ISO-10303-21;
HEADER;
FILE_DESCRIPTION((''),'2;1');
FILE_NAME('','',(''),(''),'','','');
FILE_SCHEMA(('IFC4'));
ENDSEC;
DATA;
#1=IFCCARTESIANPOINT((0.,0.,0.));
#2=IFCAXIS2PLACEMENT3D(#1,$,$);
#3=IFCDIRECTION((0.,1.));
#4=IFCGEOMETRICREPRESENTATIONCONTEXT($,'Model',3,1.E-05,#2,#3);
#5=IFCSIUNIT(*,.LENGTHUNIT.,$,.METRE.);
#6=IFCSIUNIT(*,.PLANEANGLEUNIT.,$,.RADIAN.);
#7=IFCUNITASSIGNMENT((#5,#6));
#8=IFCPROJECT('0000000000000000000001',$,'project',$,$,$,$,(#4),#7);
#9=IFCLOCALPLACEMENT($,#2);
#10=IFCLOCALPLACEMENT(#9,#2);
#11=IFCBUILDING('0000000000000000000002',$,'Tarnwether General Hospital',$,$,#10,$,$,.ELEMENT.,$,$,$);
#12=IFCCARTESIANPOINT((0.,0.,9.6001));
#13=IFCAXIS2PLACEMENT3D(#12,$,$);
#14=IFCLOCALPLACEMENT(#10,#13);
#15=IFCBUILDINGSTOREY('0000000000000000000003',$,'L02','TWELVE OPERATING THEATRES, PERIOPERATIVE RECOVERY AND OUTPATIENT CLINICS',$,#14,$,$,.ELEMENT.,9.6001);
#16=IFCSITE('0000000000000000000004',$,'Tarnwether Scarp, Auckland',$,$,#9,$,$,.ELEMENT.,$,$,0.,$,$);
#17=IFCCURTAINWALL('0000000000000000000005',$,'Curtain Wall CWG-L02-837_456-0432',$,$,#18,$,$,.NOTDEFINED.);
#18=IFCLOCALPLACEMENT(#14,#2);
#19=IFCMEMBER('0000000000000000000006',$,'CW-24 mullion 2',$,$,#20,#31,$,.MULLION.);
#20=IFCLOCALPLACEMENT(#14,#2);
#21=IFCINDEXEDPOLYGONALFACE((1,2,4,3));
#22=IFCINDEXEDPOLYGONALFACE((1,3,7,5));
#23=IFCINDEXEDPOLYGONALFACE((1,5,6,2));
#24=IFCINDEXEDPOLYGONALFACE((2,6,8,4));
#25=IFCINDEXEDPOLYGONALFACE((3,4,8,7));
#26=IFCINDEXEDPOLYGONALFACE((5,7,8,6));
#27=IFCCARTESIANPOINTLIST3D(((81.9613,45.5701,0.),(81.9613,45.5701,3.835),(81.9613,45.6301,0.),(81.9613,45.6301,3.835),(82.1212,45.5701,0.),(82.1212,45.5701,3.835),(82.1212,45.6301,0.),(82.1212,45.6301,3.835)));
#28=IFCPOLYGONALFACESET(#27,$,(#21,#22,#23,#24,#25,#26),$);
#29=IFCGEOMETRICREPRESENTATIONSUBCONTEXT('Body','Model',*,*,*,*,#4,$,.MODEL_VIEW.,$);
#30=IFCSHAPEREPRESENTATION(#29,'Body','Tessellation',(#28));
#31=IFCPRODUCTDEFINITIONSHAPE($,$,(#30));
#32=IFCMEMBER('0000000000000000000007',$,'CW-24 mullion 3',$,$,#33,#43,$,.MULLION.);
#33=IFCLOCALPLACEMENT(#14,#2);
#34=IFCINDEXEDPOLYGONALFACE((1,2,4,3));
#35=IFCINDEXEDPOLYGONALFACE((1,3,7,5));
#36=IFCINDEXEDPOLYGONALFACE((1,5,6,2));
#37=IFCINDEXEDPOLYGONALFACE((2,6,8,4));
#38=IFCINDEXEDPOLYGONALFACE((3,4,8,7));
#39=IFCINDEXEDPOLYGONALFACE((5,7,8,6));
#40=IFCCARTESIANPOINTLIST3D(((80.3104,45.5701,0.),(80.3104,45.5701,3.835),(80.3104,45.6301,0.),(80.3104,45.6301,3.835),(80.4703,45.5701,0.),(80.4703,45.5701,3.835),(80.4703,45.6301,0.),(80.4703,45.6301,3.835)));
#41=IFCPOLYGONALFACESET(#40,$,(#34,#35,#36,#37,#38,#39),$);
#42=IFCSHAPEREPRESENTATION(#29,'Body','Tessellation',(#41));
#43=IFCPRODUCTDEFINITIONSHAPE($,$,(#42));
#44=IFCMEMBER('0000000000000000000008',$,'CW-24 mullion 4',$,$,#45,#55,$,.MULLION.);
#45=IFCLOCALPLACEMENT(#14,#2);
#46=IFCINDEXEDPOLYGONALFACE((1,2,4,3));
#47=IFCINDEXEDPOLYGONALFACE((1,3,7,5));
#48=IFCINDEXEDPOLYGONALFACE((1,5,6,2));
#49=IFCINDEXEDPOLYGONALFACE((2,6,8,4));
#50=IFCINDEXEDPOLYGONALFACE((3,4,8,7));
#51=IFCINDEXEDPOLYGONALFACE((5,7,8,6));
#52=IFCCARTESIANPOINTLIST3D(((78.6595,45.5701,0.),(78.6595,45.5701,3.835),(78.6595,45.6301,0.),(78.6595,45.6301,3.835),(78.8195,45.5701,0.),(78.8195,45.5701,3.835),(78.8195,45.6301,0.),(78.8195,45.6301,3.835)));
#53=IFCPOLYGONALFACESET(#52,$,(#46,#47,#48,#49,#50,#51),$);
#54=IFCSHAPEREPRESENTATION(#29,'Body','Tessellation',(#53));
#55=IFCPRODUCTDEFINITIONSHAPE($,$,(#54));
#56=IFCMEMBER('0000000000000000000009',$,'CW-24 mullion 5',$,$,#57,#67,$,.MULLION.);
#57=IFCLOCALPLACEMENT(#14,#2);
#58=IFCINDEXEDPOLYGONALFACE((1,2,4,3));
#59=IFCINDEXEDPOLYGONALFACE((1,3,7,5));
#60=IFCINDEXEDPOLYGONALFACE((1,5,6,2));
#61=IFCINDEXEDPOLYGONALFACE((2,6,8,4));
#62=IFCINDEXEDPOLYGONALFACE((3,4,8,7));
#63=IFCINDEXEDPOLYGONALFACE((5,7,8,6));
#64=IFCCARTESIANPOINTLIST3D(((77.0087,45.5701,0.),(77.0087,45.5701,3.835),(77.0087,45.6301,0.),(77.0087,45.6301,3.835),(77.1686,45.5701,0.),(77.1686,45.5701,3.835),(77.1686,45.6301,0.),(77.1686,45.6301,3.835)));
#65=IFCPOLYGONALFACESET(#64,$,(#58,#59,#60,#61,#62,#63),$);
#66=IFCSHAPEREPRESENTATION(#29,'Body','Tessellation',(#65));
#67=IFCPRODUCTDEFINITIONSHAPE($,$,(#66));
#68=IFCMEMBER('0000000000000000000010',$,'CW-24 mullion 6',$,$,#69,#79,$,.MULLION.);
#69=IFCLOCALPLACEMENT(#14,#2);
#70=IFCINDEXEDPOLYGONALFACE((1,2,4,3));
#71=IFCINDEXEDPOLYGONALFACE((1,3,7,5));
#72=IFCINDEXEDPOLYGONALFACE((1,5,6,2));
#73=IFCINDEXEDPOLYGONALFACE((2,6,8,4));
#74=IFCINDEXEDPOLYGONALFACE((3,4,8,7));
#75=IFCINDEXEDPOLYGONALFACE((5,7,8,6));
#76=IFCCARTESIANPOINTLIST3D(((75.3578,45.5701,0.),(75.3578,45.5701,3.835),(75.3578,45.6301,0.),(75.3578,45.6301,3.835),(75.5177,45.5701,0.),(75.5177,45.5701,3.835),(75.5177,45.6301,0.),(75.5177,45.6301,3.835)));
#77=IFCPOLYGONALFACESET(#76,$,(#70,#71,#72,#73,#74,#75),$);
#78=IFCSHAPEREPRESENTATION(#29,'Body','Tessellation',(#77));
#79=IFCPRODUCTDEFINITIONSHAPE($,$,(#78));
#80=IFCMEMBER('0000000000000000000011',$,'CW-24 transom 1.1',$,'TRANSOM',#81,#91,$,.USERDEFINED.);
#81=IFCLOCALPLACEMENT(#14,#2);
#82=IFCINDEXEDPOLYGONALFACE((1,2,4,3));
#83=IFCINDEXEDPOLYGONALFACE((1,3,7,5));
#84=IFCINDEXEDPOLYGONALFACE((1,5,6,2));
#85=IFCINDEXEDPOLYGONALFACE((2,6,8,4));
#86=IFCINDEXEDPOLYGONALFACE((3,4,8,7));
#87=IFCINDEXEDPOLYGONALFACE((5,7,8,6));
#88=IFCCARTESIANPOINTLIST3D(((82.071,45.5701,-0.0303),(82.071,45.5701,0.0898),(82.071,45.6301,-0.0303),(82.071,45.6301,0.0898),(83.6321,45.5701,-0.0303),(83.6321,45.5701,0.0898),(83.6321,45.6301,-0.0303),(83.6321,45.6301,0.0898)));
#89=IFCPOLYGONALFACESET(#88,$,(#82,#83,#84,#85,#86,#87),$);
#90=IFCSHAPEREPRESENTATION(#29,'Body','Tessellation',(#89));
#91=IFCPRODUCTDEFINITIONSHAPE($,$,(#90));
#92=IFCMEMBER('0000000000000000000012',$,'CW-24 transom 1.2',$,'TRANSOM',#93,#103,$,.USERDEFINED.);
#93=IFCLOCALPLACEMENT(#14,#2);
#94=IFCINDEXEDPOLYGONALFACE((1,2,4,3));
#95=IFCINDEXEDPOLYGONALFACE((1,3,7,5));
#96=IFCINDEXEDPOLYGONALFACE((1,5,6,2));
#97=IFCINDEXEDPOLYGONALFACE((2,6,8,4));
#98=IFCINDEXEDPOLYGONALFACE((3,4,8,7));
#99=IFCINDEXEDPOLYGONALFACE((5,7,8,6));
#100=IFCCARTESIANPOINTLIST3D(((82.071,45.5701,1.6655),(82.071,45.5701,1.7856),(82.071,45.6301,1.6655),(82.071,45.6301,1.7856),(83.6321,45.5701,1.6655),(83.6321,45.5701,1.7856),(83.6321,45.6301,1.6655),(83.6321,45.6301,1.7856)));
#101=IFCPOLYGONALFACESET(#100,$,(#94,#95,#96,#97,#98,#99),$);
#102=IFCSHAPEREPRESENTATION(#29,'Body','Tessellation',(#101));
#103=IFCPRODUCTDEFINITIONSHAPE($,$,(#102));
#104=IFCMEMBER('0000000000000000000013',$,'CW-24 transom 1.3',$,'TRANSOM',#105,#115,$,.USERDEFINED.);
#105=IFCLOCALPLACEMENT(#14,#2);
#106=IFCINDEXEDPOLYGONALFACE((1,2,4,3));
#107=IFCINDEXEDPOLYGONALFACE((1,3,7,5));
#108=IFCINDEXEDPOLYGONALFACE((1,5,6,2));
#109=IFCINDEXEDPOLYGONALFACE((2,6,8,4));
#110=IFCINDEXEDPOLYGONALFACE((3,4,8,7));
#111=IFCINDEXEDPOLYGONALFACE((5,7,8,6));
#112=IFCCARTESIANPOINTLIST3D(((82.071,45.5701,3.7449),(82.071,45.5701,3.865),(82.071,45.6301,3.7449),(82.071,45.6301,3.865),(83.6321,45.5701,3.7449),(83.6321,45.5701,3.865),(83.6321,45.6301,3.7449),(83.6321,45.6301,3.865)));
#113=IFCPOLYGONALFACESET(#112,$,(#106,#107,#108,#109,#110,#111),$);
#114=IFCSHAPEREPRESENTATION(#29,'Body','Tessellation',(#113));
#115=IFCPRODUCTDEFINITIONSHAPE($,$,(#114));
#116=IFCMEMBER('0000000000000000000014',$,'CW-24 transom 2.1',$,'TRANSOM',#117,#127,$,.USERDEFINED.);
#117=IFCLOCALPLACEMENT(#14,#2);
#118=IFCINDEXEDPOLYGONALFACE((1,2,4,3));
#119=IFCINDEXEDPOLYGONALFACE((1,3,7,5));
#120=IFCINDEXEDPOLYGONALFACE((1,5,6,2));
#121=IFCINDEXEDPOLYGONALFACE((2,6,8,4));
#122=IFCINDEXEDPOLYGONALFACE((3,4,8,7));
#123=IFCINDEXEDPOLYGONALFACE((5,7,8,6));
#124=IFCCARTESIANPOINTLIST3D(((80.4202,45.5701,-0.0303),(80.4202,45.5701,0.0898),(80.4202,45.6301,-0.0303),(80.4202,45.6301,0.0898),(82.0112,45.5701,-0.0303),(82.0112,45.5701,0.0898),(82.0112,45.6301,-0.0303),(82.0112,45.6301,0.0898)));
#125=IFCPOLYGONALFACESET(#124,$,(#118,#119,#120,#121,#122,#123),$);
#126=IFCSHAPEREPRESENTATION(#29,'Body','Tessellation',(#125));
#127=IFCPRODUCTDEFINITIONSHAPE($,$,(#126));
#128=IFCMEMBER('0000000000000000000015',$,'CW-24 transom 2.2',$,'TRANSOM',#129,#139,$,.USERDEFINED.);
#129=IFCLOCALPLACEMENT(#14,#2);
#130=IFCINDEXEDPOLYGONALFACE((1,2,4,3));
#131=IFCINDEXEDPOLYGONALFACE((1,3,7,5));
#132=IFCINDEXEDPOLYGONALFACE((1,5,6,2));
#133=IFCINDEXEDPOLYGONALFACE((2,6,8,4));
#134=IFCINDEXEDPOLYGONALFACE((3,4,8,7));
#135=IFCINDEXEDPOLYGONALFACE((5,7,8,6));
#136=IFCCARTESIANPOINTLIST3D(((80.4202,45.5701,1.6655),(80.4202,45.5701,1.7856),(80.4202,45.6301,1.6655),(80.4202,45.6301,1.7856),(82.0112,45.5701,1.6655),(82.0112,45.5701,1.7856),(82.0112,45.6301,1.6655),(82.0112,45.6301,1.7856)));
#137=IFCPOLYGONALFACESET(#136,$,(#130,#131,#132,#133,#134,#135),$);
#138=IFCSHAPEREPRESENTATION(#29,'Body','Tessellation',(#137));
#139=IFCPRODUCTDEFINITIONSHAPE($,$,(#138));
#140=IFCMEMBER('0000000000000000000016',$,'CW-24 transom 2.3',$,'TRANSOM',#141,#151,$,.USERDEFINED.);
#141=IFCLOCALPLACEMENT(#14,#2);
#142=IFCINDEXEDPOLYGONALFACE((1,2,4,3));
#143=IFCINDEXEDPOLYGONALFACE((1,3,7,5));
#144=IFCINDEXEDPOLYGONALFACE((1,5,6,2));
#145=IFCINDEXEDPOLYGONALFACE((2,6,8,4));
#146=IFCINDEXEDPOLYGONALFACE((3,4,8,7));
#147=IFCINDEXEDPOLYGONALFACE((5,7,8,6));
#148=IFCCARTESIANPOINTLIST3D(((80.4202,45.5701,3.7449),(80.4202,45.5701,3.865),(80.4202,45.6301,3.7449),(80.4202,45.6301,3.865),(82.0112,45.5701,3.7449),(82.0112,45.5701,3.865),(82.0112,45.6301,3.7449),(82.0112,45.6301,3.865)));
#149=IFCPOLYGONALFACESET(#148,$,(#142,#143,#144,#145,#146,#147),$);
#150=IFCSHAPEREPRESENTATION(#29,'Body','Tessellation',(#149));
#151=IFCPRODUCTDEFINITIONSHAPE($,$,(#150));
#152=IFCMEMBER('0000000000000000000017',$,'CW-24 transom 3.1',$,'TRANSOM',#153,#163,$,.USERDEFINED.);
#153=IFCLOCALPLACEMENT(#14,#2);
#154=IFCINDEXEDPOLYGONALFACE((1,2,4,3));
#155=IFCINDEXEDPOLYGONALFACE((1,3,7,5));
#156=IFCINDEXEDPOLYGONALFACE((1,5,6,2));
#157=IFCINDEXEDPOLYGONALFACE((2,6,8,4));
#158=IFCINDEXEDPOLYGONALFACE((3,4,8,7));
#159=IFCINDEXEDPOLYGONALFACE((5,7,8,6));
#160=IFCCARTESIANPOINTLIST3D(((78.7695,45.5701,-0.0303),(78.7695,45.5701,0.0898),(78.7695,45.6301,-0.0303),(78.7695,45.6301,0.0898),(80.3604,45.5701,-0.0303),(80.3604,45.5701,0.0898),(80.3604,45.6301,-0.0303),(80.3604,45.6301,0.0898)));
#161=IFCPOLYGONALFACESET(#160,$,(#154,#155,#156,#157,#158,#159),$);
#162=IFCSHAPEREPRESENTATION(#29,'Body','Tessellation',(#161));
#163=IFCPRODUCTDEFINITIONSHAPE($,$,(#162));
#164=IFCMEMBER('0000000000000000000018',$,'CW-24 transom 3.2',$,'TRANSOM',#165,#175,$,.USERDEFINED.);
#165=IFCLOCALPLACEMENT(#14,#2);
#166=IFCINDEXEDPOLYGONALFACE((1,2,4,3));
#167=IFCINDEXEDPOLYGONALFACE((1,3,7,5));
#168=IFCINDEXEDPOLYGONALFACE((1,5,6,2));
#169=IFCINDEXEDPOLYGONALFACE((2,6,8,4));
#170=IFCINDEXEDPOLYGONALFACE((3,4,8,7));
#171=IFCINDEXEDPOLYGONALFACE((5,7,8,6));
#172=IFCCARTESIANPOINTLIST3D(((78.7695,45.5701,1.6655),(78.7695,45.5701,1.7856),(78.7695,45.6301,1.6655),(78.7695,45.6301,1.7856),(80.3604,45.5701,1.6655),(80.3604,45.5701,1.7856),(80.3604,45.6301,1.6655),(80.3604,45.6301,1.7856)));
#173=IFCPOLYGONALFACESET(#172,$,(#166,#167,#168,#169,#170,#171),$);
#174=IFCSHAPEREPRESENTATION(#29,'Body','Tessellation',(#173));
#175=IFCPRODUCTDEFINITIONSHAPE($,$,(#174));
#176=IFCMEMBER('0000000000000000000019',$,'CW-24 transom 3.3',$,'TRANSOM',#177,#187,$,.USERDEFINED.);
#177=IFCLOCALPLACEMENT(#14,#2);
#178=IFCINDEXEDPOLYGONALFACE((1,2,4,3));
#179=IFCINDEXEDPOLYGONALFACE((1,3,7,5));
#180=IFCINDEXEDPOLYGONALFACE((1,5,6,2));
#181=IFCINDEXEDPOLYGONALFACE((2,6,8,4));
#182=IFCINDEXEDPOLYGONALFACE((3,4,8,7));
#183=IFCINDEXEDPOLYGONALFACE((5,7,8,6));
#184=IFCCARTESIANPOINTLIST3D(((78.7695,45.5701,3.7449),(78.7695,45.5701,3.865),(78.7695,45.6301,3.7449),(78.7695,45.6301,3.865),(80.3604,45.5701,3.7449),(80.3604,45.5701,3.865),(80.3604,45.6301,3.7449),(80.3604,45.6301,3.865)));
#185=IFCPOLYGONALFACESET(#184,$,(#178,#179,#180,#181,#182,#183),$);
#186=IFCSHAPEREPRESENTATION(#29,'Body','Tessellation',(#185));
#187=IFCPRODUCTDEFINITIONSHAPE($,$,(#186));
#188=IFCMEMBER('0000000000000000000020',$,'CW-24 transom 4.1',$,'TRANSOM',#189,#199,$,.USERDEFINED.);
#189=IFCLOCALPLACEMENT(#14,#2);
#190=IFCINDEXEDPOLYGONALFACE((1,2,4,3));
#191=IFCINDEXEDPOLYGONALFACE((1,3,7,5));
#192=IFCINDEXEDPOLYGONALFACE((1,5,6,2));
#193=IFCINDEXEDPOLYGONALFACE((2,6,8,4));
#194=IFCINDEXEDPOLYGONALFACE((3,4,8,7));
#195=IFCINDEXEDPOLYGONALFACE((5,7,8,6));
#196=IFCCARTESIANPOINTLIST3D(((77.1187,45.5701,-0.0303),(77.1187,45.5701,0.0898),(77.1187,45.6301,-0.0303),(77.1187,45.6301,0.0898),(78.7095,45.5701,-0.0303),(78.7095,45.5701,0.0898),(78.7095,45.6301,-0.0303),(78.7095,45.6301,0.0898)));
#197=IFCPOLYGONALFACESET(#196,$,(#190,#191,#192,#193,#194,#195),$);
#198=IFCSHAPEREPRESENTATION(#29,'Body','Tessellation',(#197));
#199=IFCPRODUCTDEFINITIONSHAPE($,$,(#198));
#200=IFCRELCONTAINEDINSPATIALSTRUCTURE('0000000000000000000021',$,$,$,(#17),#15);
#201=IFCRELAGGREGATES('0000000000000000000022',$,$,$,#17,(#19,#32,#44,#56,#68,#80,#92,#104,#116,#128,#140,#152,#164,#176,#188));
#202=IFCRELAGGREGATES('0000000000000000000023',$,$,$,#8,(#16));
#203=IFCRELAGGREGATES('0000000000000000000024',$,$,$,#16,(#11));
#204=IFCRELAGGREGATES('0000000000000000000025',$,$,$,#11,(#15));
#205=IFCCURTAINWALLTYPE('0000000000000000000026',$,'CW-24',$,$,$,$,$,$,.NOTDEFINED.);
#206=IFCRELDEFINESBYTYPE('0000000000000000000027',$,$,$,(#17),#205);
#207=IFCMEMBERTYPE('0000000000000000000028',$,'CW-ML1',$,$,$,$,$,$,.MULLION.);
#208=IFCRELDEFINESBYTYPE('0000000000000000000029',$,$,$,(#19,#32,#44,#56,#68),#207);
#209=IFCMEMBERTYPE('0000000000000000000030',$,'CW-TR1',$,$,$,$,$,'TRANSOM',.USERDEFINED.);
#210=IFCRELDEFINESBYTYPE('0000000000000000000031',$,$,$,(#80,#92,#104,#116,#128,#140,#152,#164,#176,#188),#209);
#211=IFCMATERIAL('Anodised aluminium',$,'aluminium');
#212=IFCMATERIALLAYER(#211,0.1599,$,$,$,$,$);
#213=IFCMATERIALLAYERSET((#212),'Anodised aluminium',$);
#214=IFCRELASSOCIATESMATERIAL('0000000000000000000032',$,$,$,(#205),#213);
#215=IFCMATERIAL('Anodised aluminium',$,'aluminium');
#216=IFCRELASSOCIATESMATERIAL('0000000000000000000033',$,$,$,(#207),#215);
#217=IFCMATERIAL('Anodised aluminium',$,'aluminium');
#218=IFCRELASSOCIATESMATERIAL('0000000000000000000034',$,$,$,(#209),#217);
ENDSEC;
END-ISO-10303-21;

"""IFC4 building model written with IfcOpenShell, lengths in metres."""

from ifc_helpers import new_model, si_unit, direction, frame, origin, origin_2d, place, context, subcontext, project, spatial, rectangle, extrude, material, layer, layer_set, material_profile, profile_set, type_object, element, aggregate, save


model = new_model("IFC4")

# Units and contexts
model_context = context("Model", 3, precision=1e-05, world=origin(), true_north=direction((0.0, 1.0)))
body_context = subcontext(model_context, "Body", "Model", "MODEL_VIEW")
ifc_project = project(units=[si_unit("LENGTHUNIT", "METRE"), si_unit("PLANEANGLEUNIT", "RADIAN")], contexts=[model_context])

# Site, building, storey
site_placement = place(None, origin())
site = spatial("IfcSite", under=ifc_project, at=site_placement, Name="Tarnwether Scarp, Auckland", CompositionType="ELEMENT", RefElevation=0.0)
building_placement = place(site_placement, origin())
building = spatial("IfcBuilding", under=site, at=building_placement, Name="Tarnwether General Hospital", CompositionType="ELEMENT")
storey_placement = place(building_placement, frame((0.0, 0.0, 9.6001)))
storey = spatial("IfcBuildingStorey", under=building, at=storey_placement, Name="L02", Description="TWELVE OPERATING THEATRES, PERIOPERATIVE RECOVERY AND OUTPATIENT CLINICS", CompositionType="ELEMENT", Elevation=9.6001)

# Curtain wall, members
ifc_material_1 = material(Name="Anodised aluminium", Category="aluminium")
ifc_layer_1 = layer(ifc_material_1, 0.1599)
ifc_layer_set_1 = layer_set([ifc_layer_1], Name="Anodised aluminium")
curtain_wall_type = type_object("IfcCurtainWallType", Name="CW-24", PredefinedType="NOTDEFINED", material=ifc_layer_set_1)
curtain_wall_placement = place(storey_placement, origin())
curtain_wall = element("IfcCurtainWall", 1, at=curtain_wall_placement, inside=storey, type_object=curtain_wall_type, Name="Curtain Wall CWG-L02-837_456-0432", PredefinedType="NOTDEFINED")
ifc_material_2 = material(Name="Anodised aluminium", Category="aluminium")
ifc_material_profile_1 = material_profile(ifc_material_2, rectangle(XDim=0.0601, YDim=0.1599, at=origin_2d()), Name="ALU-MUL-60x160")
ifc_profile_set_1 = profile_set([ifc_material_profile_1], Name="Anodised aluminium")
member_type_1 = type_object("IfcMemberType", Name="CW-ML1", PredefinedType="MULLION", material=ifc_profile_set_1)
member_1_placement = place(storey_placement, frame((82.0413, 45.6001, 0.0), z_axis=(0.0, 0.0, 1.0), x_axis=(0.0, -1.0, 0.0)))
member_1 = element("IfcMember", 2, at=member_1_placement, type_object=member_type_1, Name="CW-24 mullion 2", PredefinedType="MULLION", context=body_context, shape_type="SweptSolid", body=[
    extrude(rectangle(XDim=0.0601, YDim=0.1599, at=origin_2d()), origin(), (0.0, 0.0, 1.0), 3.835),
])
member_2_placement = place(storey_placement, frame((80.3904, 45.6001, 0.0), z_axis=(0.0, 0.0, 1.0), x_axis=(0.0, -1.0, 0.0)))
member_2 = element("IfcMember", 3, at=member_2_placement, type_object=member_type_1, Name="CW-24 mullion 3", PredefinedType="MULLION", context=body_context, shape_type="SweptSolid", body=[
    extrude(rectangle(XDim=0.0601, YDim=0.1599, at=origin_2d()), origin(), (0.0, 0.0, 1.0), 3.835),
])
member_3_placement = place(storey_placement, frame((78.7395, 45.6001, 0.0), z_axis=(0.0, 0.0, 1.0), x_axis=(0.0, -1.0, 0.0)))
member_3 = element("IfcMember", 4, at=member_3_placement, type_object=member_type_1, Name="CW-24 mullion 4", PredefinedType="MULLION", context=body_context, shape_type="SweptSolid", body=[
    extrude(rectangle(XDim=0.0601, YDim=0.1599, at=origin_2d()), origin(), (0.0, 0.0, 1.0), 3.835),
])
member_4_placement = place(storey_placement, frame((77.0886, 45.6001, 0.0), z_axis=(0.0, 0.0, 1.0), x_axis=(0.0, -1.0, 0.0)))
member_4 = element("IfcMember", 5, at=member_4_placement, type_object=member_type_1, Name="CW-24 mullion 5", PredefinedType="MULLION", context=body_context, shape_type="SweptSolid", body=[
    extrude(rectangle(XDim=0.0601, YDim=0.1599, at=origin_2d()), origin(), (0.0, 0.0, 1.0), 3.835),
])
member_5_placement = place(storey_placement, frame((75.4377, 45.6001, 0.0), z_axis=(0.0, 0.0, 1.0), x_axis=(0.0, -1.0, 0.0)))
member_5 = element("IfcMember", 6, at=member_5_placement, type_object=member_type_1, Name="CW-24 mullion 6", PredefinedType="MULLION", context=body_context, shape_type="SweptSolid", body=[
    extrude(rectangle(XDim=0.0601, YDim=0.1599, at=origin_2d()), origin(), (0.0, 0.0, 1.0), 3.835),
])
ifc_material_3 = material(Name="Anodised aluminium", Category="aluminium")
ifc_material_profile_2 = material_profile(ifc_material_3, rectangle(XDim=0.0601, YDim=0.1201, at=origin_2d()), Name="ALU-TRN-60x120")
ifc_profile_set_2 = profile_set([ifc_material_profile_2], Name="Anodised aluminium")
member_type_2 = type_object("IfcMemberType", Name="CW-TR1", ElementType="TRANSOM", PredefinedType="USERDEFINED", material=ifc_profile_set_2)
member_6_placement = place(storey_placement, frame((83.6321, 45.6001, 0.0298), z_axis=(-1.0, 0.0, 0.0), x_axis=(0.0, -1.0, 0.0)))
member_6 = element("IfcMember", 7, at=member_6_placement, type_object=member_type_2, Name="CW-24 transom 1.1", ObjectType="TRANSOM", PredefinedType="USERDEFINED", context=body_context, shape_type="SweptSolid", body=[
    extrude(rectangle(XDim=0.0601, YDim=0.1201, at=origin_2d()), origin(), (0.0, 0.0, 1.0), 1.561),
])
member_7_placement = place(storey_placement, frame((83.6321, 45.6001, 1.7256), z_axis=(-1.0, 0.0, 0.0), x_axis=(0.0, -1.0, 0.0)))
member_7 = element("IfcMember", 8, at=member_7_placement, type_object=member_type_2, Name="CW-24 transom 1.2", ObjectType="TRANSOM", PredefinedType="USERDEFINED", context=body_context, shape_type="SweptSolid", body=[
    extrude(rectangle(XDim=0.0601, YDim=0.1201, at=origin_2d()), origin(), (0.0, 0.0, 1.0), 1.561),
])
member_8_placement = place(storey_placement, frame((83.6321, 45.6001, 3.8049), z_axis=(-1.0, 0.0, 0.0), x_axis=(0.0, -1.0, 0.0)))
member_8 = element("IfcMember", 9, at=member_8_placement, type_object=member_type_2, Name="CW-24 transom 1.3", ObjectType="TRANSOM", PredefinedType="USERDEFINED", context=body_context, shape_type="SweptSolid", body=[
    extrude(rectangle(XDim=0.0601, YDim=0.1201, at=origin_2d()), origin(), (0.0, 0.0, 1.0), 1.561),
])
member_9_placement = place(storey_placement, frame((82.0112, 45.6001, 0.0298), z_axis=(-1.0, 0.0, 0.0), x_axis=(0.0, -1.0, 0.0)))
member_9 = element("IfcMember", 10, at=member_9_placement, type_object=member_type_2, Name="CW-24 transom 2.1", ObjectType="TRANSOM", PredefinedType="USERDEFINED", context=body_context, shape_type="SweptSolid", body=[
    extrude(rectangle(XDim=0.0601, YDim=0.1201, at=origin_2d()), origin(), (0.0, 0.0, 1.0), 1.5911),
])
member_10_placement = place(storey_placement, frame((82.0112, 45.6001, 1.7256), z_axis=(-1.0, 0.0, 0.0), x_axis=(0.0, -1.0, 0.0)))
member_10 = element("IfcMember", 11, at=member_10_placement, type_object=member_type_2, Name="CW-24 transom 2.2", ObjectType="TRANSOM", PredefinedType="USERDEFINED", context=body_context, shape_type="SweptSolid", body=[
    extrude(rectangle(XDim=0.0601, YDim=0.1201, at=origin_2d()), origin(), (0.0, 0.0, 1.0), 1.5911),
])
member_11_placement = place(storey_placement, frame((82.0112, 45.6001, 3.8049), z_axis=(-1.0, 0.0, 0.0), x_axis=(0.0, -1.0, 0.0)))
member_11 = element("IfcMember", 12, at=member_11_placement, type_object=member_type_2, Name="CW-24 transom 2.3", ObjectType="TRANSOM", PredefinedType="USERDEFINED", context=body_context, shape_type="SweptSolid", body=[
    extrude(rectangle(XDim=0.0601, YDim=0.1201, at=origin_2d()), origin(), (0.0, 0.0, 1.0), 1.5911),
])
member_12_placement = place(storey_placement, frame((80.3604, 45.6001, 0.0298), z_axis=(-1.0, 0.0, 0.0), x_axis=(0.0, -1.0, 0.0)))
member_12 = element("IfcMember", 13, at=member_12_placement, type_object=member_type_2, Name="CW-24 transom 3.1", ObjectType="TRANSOM", PredefinedType="USERDEFINED", context=body_context, shape_type="SweptSolid", body=[
    extrude(rectangle(XDim=0.0601, YDim=0.1201, at=origin_2d()), origin(), (0.0, 0.0, 1.0), 1.5908),
])
member_13_placement = place(storey_placement, frame((80.3604, 45.6001, 1.7256), z_axis=(-1.0, 0.0, 0.0), x_axis=(0.0, -1.0, 0.0)))
member_13 = element("IfcMember", 14, at=member_13_placement, type_object=member_type_2, Name="CW-24 transom 3.2", ObjectType="TRANSOM", PredefinedType="USERDEFINED", context=body_context, shape_type="SweptSolid", body=[
    extrude(rectangle(XDim=0.0601, YDim=0.1201, at=origin_2d()), origin(), (0.0, 0.0, 1.0), 1.5908),
])
member_14_placement = place(storey_placement, frame((80.3604, 45.6001, 3.8049), z_axis=(-1.0, 0.0, 0.0), x_axis=(0.0, -1.0, 0.0)))
member_14 = element("IfcMember", 15, at=member_14_placement, type_object=member_type_2, Name="CW-24 transom 3.3", ObjectType="TRANSOM", PredefinedType="USERDEFINED", context=body_context, shape_type="SweptSolid", body=[
    extrude(rectangle(XDim=0.0601, YDim=0.1201, at=origin_2d()), origin(), (0.0, 0.0, 1.0), 1.5908),
])
member_15_placement = place(storey_placement, frame((78.7095, 45.6001, 0.0298), z_axis=(-1.0, 0.0, 0.0), x_axis=(0.0, -1.0, 0.0)))
member_15 = element("IfcMember", 16, at=member_15_placement, type_object=member_type_2, Name="CW-24 transom 4.1", ObjectType="TRANSOM", PredefinedType="USERDEFINED", context=body_context, shape_type="SweptSolid", body=[
    extrude(rectangle(XDim=0.0601, YDim=0.1201, at=origin_2d()), origin(), (0.0, 0.0, 1.0), 1.5908),
])
aggregate(curtain_wall, [member_1, member_2, member_3, member_4, member_5, member_6, member_7, member_8, member_9, member_10, member_11, member_12, member_13, member_14, member_15])

save(model, "model.ifc")
